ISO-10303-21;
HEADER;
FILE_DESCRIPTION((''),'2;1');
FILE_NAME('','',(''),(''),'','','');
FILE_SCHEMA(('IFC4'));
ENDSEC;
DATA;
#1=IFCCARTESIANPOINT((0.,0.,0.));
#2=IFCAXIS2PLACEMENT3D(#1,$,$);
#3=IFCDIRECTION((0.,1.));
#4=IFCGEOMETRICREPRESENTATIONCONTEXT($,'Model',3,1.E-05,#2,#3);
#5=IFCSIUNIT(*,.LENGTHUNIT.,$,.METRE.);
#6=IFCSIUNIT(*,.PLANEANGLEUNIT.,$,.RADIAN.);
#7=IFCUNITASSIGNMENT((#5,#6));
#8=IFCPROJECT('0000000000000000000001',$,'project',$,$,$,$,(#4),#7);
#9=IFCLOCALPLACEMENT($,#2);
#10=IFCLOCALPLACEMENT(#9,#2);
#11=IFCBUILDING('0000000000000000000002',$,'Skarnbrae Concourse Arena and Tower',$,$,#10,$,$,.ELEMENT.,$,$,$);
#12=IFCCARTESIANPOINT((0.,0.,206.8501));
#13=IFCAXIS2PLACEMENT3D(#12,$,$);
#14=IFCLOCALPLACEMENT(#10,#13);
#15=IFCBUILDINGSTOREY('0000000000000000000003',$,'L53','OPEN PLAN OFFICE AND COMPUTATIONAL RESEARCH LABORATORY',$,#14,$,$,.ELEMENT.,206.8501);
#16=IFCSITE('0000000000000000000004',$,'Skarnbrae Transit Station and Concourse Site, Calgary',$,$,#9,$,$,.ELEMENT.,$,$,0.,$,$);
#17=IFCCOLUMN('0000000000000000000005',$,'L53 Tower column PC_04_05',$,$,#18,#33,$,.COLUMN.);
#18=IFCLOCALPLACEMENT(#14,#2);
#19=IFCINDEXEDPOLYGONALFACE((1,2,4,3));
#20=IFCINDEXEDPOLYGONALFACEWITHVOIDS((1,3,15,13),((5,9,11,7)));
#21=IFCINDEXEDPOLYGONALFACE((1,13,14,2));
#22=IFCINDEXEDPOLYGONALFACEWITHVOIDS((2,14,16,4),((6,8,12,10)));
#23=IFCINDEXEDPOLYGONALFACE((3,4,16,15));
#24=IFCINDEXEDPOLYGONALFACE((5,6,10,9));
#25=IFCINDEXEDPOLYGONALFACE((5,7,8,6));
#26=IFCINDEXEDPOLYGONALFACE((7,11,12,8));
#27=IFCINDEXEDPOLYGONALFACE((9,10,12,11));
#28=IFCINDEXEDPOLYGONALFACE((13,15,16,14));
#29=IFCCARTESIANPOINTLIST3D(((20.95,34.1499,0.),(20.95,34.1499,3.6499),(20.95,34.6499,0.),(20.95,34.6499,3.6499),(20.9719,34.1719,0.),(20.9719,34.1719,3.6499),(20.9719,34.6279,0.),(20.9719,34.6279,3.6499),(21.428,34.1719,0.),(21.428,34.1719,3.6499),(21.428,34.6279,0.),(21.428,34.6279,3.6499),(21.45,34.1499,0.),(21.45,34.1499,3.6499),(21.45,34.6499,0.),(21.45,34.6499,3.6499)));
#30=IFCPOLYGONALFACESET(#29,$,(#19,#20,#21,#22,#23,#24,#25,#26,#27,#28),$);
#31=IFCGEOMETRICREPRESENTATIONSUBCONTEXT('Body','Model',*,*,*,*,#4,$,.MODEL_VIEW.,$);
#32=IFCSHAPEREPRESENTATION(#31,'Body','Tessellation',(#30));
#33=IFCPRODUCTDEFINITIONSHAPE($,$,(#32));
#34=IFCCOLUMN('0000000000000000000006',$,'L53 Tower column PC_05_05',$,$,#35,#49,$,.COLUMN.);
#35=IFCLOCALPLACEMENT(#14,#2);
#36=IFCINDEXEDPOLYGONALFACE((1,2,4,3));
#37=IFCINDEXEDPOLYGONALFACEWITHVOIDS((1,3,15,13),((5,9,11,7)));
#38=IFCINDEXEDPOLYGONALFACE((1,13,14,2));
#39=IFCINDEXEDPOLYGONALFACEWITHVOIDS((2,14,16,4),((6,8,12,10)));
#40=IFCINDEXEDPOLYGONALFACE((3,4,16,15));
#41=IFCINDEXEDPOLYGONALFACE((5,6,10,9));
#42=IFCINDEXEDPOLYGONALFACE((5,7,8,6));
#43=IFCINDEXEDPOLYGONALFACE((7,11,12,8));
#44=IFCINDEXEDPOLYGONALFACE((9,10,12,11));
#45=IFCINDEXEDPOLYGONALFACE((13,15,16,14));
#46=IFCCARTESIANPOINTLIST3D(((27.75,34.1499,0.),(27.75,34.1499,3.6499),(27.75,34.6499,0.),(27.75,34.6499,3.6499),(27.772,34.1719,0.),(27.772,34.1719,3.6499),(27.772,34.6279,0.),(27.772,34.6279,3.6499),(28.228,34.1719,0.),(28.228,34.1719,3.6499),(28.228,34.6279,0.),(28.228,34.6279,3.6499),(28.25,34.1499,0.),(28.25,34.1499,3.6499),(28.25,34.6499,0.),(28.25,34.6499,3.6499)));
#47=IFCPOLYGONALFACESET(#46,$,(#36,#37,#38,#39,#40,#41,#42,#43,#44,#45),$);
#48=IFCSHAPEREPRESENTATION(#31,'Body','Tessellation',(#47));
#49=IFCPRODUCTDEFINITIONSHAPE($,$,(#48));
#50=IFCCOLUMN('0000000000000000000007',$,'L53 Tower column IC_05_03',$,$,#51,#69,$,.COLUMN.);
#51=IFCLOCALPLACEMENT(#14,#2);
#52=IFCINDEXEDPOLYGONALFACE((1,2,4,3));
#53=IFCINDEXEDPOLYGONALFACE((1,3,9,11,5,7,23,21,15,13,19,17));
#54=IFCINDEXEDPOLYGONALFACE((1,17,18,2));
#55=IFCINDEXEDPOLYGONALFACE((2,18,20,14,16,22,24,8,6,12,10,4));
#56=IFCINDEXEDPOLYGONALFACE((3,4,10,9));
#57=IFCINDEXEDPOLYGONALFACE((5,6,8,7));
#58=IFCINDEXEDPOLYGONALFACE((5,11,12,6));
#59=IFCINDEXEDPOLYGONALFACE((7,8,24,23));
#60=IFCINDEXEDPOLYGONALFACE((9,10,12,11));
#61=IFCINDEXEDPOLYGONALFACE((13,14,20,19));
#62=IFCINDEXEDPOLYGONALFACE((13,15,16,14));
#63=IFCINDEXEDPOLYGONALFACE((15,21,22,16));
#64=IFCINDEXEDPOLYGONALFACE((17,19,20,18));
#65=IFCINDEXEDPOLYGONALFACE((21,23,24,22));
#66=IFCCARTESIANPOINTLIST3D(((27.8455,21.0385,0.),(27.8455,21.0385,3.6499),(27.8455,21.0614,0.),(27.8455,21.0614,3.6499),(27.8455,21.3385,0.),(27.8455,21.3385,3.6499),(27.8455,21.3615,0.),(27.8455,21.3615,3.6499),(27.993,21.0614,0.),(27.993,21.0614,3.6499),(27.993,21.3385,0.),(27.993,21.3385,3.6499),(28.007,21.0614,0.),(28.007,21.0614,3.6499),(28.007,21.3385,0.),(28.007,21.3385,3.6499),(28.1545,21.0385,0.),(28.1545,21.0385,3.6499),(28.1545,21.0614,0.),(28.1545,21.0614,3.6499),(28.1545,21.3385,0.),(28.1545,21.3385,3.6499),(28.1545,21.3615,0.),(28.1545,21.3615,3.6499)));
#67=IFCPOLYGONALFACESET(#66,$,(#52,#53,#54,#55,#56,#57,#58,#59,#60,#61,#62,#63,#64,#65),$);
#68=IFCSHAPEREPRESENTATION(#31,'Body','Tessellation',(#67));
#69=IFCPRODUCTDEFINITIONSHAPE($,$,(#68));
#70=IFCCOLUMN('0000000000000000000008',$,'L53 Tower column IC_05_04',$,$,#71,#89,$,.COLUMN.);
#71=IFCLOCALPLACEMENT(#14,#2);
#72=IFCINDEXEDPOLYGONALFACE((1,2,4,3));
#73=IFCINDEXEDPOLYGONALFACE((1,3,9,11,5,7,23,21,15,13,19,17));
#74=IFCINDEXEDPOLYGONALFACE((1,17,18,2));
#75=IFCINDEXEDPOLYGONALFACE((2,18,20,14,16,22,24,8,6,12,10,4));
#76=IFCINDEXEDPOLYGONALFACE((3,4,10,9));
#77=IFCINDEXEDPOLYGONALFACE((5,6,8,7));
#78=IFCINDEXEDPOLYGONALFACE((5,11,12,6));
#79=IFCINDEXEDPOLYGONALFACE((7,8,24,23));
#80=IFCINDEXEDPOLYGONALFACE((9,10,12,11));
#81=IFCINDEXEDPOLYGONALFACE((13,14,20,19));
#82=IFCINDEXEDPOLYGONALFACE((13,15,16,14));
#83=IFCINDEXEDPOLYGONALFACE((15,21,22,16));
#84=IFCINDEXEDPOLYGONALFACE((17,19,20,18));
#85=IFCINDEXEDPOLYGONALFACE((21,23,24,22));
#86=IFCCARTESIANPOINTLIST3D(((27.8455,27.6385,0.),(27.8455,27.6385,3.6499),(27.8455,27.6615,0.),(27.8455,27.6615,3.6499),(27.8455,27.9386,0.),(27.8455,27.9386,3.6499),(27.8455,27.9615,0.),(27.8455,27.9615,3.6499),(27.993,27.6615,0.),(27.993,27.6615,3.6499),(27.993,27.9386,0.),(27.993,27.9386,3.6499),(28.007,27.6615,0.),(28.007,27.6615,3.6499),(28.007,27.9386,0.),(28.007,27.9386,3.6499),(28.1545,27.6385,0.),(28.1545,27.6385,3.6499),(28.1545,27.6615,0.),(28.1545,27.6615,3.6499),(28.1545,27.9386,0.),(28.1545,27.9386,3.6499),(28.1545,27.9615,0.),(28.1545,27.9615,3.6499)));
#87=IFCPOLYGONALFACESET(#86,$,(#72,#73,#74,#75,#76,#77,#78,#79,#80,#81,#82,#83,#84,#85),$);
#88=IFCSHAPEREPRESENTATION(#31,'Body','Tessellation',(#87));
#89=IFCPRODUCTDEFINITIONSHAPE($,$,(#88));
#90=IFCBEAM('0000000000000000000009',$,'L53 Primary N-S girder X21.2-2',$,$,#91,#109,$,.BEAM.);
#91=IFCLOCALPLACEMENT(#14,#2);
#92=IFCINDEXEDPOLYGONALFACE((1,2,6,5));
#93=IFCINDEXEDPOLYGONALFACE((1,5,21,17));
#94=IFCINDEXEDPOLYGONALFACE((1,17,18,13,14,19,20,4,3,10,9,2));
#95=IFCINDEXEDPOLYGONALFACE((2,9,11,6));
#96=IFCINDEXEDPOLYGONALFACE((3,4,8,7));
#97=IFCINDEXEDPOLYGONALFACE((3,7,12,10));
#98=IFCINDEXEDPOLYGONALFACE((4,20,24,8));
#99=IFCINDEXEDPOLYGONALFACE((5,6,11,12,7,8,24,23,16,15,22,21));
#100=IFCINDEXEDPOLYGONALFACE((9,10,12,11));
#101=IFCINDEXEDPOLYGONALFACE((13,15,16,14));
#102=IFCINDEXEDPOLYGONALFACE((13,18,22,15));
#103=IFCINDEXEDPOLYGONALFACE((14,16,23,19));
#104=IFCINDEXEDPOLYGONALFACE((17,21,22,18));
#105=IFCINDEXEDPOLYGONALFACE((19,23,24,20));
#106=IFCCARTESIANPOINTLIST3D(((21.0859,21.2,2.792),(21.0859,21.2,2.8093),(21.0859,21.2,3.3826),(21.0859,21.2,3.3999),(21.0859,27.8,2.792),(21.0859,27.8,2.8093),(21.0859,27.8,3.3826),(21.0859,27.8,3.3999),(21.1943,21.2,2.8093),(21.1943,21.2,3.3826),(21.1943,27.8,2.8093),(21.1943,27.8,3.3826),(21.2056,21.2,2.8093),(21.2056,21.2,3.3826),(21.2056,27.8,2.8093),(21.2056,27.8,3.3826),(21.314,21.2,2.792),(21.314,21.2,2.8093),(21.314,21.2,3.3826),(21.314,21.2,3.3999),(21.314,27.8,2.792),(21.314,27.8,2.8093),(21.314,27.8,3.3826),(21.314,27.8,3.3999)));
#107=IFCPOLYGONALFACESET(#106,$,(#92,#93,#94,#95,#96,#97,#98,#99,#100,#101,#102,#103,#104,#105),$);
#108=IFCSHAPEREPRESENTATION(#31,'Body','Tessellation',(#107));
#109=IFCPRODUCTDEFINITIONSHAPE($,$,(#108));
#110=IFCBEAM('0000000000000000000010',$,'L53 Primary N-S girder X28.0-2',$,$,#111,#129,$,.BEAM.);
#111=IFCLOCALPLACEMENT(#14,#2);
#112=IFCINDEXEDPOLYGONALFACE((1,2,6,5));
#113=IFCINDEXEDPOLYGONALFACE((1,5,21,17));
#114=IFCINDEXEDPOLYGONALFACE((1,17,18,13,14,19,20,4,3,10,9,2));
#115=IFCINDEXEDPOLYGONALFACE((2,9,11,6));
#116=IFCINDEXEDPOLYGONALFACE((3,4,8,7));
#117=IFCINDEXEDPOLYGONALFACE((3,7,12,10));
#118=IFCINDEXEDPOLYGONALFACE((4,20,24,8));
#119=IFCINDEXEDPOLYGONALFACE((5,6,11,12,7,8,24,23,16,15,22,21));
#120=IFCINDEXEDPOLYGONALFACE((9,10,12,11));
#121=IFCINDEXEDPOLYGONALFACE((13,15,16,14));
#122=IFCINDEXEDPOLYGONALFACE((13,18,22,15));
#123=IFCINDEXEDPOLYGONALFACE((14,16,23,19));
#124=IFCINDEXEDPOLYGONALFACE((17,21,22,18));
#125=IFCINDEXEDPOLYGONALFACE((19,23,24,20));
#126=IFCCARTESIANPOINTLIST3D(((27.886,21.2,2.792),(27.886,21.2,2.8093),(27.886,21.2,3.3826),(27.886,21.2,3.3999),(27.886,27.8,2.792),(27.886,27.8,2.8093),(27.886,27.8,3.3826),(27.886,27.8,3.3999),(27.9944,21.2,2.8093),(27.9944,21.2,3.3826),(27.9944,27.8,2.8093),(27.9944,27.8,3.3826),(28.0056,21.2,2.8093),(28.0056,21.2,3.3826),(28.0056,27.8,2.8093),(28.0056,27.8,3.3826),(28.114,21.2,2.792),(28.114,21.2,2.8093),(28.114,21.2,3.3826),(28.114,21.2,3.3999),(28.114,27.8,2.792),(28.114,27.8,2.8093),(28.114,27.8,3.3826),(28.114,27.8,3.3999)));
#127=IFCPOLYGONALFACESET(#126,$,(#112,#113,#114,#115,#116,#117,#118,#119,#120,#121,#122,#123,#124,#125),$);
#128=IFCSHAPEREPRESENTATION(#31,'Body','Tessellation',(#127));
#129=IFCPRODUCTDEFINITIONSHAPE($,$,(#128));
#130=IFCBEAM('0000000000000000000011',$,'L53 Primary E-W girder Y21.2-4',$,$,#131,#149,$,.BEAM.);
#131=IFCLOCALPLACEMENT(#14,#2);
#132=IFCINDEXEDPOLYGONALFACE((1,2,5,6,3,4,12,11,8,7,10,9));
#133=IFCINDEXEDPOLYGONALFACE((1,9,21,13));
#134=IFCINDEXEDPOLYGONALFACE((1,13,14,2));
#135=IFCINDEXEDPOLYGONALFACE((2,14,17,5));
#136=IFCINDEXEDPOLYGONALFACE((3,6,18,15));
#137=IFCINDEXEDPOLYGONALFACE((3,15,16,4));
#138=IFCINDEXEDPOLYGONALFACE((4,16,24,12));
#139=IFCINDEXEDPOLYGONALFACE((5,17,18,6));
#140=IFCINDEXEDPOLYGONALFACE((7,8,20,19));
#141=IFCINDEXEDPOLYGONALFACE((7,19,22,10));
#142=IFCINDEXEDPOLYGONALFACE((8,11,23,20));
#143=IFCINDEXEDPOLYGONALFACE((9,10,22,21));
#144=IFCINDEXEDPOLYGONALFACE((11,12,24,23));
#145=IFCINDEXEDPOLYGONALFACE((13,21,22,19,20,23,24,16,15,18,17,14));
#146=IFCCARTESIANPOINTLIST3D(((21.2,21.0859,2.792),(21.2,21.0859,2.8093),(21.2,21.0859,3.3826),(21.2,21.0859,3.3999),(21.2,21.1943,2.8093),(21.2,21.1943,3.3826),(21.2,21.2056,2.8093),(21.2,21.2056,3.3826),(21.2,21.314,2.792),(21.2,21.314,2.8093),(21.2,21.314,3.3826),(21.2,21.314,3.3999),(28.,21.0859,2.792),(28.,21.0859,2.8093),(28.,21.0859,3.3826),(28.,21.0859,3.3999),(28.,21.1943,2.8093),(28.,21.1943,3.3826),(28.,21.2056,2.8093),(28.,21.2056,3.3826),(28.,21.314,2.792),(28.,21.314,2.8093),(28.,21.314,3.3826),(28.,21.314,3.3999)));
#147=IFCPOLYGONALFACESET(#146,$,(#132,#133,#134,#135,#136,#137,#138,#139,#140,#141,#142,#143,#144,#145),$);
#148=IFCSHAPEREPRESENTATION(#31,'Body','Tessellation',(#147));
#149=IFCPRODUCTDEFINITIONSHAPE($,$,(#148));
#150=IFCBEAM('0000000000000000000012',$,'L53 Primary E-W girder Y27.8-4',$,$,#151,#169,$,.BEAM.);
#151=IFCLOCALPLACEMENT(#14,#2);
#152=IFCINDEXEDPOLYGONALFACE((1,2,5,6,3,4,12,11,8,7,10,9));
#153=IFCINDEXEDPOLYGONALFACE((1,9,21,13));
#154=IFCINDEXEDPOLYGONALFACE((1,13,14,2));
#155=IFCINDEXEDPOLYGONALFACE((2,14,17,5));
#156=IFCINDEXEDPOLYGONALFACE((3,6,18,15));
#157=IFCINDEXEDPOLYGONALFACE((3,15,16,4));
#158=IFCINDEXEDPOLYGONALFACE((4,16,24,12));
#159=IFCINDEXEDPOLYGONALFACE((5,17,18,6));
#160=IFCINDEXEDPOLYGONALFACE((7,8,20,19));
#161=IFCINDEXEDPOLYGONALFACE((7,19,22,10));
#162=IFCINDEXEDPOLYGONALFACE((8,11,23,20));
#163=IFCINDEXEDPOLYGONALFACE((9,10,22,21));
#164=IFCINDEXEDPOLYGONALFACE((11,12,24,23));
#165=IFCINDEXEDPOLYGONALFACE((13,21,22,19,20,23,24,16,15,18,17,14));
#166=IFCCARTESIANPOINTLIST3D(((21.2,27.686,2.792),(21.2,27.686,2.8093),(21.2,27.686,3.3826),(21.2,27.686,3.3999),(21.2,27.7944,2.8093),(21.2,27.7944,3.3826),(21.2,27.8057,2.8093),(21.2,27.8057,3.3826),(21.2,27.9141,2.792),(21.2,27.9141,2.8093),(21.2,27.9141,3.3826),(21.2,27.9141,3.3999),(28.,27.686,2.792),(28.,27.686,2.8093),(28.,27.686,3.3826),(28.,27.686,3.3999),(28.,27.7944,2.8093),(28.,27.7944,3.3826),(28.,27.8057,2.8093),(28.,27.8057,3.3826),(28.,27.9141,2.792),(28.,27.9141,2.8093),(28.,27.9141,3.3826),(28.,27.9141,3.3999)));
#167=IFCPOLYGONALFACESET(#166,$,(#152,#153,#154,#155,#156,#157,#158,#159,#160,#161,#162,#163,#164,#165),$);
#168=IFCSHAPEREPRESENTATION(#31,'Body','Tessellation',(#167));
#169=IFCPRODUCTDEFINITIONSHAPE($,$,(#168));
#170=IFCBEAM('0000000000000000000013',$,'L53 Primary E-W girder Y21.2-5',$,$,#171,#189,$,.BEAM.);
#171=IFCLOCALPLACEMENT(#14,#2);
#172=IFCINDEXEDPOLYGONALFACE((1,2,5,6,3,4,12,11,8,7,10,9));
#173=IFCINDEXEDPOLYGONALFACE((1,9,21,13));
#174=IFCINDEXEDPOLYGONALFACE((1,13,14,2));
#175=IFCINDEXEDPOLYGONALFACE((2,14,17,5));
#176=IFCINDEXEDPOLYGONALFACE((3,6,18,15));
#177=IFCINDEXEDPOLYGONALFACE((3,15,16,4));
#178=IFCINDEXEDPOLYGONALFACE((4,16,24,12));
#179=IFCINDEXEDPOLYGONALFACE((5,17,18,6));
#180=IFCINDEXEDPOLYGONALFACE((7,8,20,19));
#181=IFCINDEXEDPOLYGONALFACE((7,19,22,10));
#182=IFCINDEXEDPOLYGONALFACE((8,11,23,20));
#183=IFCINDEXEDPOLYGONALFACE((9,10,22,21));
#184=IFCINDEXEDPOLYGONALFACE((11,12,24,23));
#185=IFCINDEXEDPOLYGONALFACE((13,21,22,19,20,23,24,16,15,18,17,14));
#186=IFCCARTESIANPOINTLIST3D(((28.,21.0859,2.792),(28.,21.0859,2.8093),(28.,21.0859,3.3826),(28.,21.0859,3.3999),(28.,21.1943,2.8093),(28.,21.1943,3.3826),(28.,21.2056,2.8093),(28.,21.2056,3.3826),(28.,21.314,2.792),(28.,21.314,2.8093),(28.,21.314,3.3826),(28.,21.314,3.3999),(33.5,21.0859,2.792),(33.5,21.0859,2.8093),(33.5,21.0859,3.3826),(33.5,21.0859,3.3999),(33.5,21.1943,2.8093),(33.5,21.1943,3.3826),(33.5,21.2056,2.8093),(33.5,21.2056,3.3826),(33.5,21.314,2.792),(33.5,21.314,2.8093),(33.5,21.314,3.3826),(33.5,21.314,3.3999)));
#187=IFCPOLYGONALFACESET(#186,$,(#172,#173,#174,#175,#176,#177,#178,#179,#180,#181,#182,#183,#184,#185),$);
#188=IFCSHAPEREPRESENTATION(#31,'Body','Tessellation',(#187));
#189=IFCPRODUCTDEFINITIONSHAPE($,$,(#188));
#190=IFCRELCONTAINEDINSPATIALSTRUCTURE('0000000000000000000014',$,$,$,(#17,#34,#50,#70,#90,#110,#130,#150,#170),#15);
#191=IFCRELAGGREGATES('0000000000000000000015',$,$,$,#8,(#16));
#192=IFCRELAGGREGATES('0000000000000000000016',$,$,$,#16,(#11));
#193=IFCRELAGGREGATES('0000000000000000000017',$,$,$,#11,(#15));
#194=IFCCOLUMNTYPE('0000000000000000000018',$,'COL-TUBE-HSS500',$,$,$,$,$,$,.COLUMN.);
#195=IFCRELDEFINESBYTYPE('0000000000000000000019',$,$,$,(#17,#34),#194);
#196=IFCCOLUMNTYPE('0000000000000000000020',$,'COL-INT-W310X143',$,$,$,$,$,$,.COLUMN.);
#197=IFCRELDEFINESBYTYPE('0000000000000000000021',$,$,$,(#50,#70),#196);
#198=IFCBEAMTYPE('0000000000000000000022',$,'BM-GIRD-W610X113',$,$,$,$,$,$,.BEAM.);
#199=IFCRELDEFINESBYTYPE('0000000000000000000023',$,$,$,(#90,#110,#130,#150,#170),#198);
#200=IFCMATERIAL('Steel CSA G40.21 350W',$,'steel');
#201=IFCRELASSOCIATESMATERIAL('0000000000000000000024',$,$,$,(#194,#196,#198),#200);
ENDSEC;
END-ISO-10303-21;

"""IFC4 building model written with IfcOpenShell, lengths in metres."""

from ifc_helpers import new_model, si_unit, direction, frame, origin, origin_2d, place, context, subcontext, project, spatial, hollow_rectangle, i_section, extrude, source, transform, mapped, material, material_profile, profile_set, type_object, element, save


model = new_model("IFC4")

# Units and contexts
model_context = context("Model", 3, precision=1e-05, world=origin(), true_north=direction((0.0, 1.0)))
body_context = subcontext(model_context, "Body", "Model", "MODEL_VIEW")
ifc_project = project(units=[si_unit("LENGTHUNIT", "METRE"), si_unit("PLANEANGLEUNIT", "RADIAN")], contexts=[model_context])

# Site, building, storey
site_placement = place(None, origin())
site = spatial("IfcSite", under=ifc_project, at=site_placement, Name="Skarnbrae Transit Station and Concourse Site, Calgary", CompositionType="ELEMENT", RefElevation=0.0)
building_placement = place(site_placement, origin())
building = spatial("IfcBuilding", under=site, at=building_placement, Name="Skarnbrae Concourse Arena and Tower", CompositionType="ELEMENT")
storey_placement = place(building_placement, frame((0.0, 0.0, 206.8501)))
storey = spatial("IfcBuildingStorey", under=building, at=storey_placement, Name="L53", Description="OPEN PLAN OFFICE AND COMPUTATIONAL RESEARCH LABORATORY", CompositionType="ELEMENT", Elevation=206.8501)

# Columns
ifc_material_1 = material(Name="Steel CSA G40.21 350W", Category="steel")
ifc_material_profile_1 = material_profile(ifc_material_1, hollow_rectangle(XDim=0.5, YDim=0.5, WallThickness=0.022, at=origin_2d()), Name="HSS500X500X22.0")
ifc_profile_set_1 = profile_set([ifc_material_profile_1], Name="Steel CSA G40.21 350W")
column_type_1 = type_object("IfcColumnType", Name="COL-TUBE-HSS500", PredefinedType="COLUMN", material=ifc_profile_set_1)
shared_shape_1 = source(origin(), body_context, "Body", "SweptSolid", [
    extrude(hollow_rectangle(XDim=0.5, YDim=0.5, WallThickness=0.022, at=origin_2d()), origin(), (0.0, 0.0, 1.0), 3.6499),
])
for number, where, z_axis, x_axis, name in (
    (1, (21.2, 34.3999, 0.0), (0.0, 0.0, 1.0), (1.0, 0.0, 0.0), "L53 Tower column PC_04_05"),
    (2, (28.0, 34.3999, 0.0), (0.0, 0.0, 1.0), (1.0, 0.0, 0.0), "L53 Tower column PC_05_05"),
):
    element("IfcColumn", number, at=place(storey_placement, frame(where, z_axis=z_axis, x_axis=x_axis)), inside=storey, type_object=column_type_1, Name=name, PredefinedType="COLUMN", context=body_context, shape_type="MappedRepresentation", body=[
        mapped(shared_shape_1, transform((0.0, 0.0, 0.0))),
    ])
ifc_material_profile_2 = material_profile(ifc_material_1, i_section(OverallWidth=0.3091, OverallDepth=0.323, WebThickness=0.0139, FlangeThickness=0.0229, at=origin_2d()), Name="W310X143")
ifc_profile_set_2 = profile_set([ifc_material_profile_2], Name="Steel CSA G40.21 350W")
column_type_2 = type_object("IfcColumnType", Name="COL-INT-W310X143", PredefinedType="COLUMN", material=ifc_profile_set_2)
shared_shape_2 = source(origin(), body_context, "Body", "SweptSolid", [
    extrude(i_section(OverallWidth=0.3091, OverallDepth=0.323, WebThickness=0.0139, FlangeThickness=0.0229, at=origin_2d()), origin(), (0.0, 0.0, 1.0), 3.6499),
])
for number, where, z_axis, x_axis, name in (
    (3, (28.0, 21.2, 0.0), (0.0, 0.0, 1.0), (1.0, 0.0, 0.0), "L53 Tower column IC_05_03"),
    (4, (28.0, 27.8, 0.0), (0.0, 0.0, 1.0), (1.0, 0.0, 0.0), "L53 Tower column IC_05_04"),
):
    element("IfcColumn", number, at=place(storey_placement, frame(where, z_axis=z_axis, x_axis=x_axis)), inside=storey, type_object=column_type_2, Name=name, PredefinedType="COLUMN", context=body_context, shape_type="MappedRepresentation", body=[
        mapped(shared_shape_2, transform((0.0, 0.0, 0.0))),
    ])

# Beams
ifc_material_profile_3 = material_profile(ifc_material_1, i_section(OverallWidth=0.228, OverallDepth=0.6079, WebThickness=0.0112, FlangeThickness=0.0173, at=origin_2d()), Name="W610X113")
ifc_profile_set_3 = profile_set([ifc_material_profile_3], Name="Steel CSA G40.21 350W")
beam_type_1 = type_object("IfcBeamType", Name="BM-GIRD-W610X113", PredefinedType="BEAM", material=ifc_profile_set_3)
shared_shape_3 = source(origin(), body_context, "Body", "SweptSolid", [
    extrude(i_section(OverallWidth=0.228, OverallDepth=0.6079, WebThickness=0.0112, FlangeThickness=0.0173, at=origin_2d()), origin(), (0.0, 0.0, 1.0), 6.6001),
])
for number, where, z_axis, x_axis, name in (
    (5, (21.2, 21.2, 3.0959), (0.0, 1.0, 0.0), (-1.0, 0.0, 0.0), "L53 Primary N-S girder X21.2-2"),
    (6, (28.0, 21.2, 3.0959), (0.0, 1.0, 0.0), (-1.0, 0.0, 0.0), "L53 Primary N-S girder X28.0-2"),
):
    element("IfcBeam", number, at=place(storey_placement, frame(where, z_axis=z_axis, x_axis=x_axis)), inside=storey, type_object=beam_type_1, Name=name, PredefinedType="BEAM", context=body_context, shape_type="MappedRepresentation", body=[
        mapped(shared_shape_3, transform((0.0, 0.0, 0.0))),
    ])
shared_shape_4 = source(origin(), body_context, "Body", "SweptSolid", [
    extrude(i_section(OverallWidth=0.228, OverallDepth=0.6079, WebThickness=0.0112, FlangeThickness=0.0173, at=origin_2d()), origin(), (0.0, 0.0, 1.0), 6.8),
])
for number, where, z_axis, x_axis, name in (
    (7, (21.2, 21.2, 3.0959), (1.0, 0.0, 0.0), (0.0, 1.0, 0.0), "L53 Primary E-W girder Y21.2-4"),
    (8, (21.2, 27.8, 3.0959), (1.0, 0.0, 0.0), (0.0, 1.0, 0.0), "L53 Primary E-W girder Y27.8-4"),
):
    element("IfcBeam", number, at=place(storey_placement, frame(where, z_axis=z_axis, x_axis=x_axis)), inside=storey, type_object=beam_type_1, Name=name, PredefinedType="BEAM", context=body_context, shape_type="MappedRepresentation", body=[
        mapped(shared_shape_4, transform((0.0, 0.0, 0.0))),
    ])
shared_shape_5 = source(origin(), body_context, "Body", "SweptSolid", [
    extrude(i_section(OverallWidth=0.228, OverallDepth=0.6079, WebThickness=0.0112, FlangeThickness=0.0173, at=origin_2d()), origin(), (0.0, 0.0, 1.0), 5.5),
])
for number, where, z_axis, x_axis, name in (
    (9, (28.0, 21.2, 3.0959), (1.0, 0.0, 0.0), (0.0, 1.0, 0.0), "L53 Primary E-W girder Y21.2-5"),
):
    element("IfcBeam", number, at=place(storey_placement, frame(where, z_axis=z_axis, x_axis=x_axis)), inside=storey, type_object=beam_type_1, Name=name, PredefinedType="BEAM", context=body_context, shape_type="MappedRepresentation", body=[
        mapped(shared_shape_5, transform((0.0, 0.0, 0.0))),
    ])

save(model, "model.ifc")
